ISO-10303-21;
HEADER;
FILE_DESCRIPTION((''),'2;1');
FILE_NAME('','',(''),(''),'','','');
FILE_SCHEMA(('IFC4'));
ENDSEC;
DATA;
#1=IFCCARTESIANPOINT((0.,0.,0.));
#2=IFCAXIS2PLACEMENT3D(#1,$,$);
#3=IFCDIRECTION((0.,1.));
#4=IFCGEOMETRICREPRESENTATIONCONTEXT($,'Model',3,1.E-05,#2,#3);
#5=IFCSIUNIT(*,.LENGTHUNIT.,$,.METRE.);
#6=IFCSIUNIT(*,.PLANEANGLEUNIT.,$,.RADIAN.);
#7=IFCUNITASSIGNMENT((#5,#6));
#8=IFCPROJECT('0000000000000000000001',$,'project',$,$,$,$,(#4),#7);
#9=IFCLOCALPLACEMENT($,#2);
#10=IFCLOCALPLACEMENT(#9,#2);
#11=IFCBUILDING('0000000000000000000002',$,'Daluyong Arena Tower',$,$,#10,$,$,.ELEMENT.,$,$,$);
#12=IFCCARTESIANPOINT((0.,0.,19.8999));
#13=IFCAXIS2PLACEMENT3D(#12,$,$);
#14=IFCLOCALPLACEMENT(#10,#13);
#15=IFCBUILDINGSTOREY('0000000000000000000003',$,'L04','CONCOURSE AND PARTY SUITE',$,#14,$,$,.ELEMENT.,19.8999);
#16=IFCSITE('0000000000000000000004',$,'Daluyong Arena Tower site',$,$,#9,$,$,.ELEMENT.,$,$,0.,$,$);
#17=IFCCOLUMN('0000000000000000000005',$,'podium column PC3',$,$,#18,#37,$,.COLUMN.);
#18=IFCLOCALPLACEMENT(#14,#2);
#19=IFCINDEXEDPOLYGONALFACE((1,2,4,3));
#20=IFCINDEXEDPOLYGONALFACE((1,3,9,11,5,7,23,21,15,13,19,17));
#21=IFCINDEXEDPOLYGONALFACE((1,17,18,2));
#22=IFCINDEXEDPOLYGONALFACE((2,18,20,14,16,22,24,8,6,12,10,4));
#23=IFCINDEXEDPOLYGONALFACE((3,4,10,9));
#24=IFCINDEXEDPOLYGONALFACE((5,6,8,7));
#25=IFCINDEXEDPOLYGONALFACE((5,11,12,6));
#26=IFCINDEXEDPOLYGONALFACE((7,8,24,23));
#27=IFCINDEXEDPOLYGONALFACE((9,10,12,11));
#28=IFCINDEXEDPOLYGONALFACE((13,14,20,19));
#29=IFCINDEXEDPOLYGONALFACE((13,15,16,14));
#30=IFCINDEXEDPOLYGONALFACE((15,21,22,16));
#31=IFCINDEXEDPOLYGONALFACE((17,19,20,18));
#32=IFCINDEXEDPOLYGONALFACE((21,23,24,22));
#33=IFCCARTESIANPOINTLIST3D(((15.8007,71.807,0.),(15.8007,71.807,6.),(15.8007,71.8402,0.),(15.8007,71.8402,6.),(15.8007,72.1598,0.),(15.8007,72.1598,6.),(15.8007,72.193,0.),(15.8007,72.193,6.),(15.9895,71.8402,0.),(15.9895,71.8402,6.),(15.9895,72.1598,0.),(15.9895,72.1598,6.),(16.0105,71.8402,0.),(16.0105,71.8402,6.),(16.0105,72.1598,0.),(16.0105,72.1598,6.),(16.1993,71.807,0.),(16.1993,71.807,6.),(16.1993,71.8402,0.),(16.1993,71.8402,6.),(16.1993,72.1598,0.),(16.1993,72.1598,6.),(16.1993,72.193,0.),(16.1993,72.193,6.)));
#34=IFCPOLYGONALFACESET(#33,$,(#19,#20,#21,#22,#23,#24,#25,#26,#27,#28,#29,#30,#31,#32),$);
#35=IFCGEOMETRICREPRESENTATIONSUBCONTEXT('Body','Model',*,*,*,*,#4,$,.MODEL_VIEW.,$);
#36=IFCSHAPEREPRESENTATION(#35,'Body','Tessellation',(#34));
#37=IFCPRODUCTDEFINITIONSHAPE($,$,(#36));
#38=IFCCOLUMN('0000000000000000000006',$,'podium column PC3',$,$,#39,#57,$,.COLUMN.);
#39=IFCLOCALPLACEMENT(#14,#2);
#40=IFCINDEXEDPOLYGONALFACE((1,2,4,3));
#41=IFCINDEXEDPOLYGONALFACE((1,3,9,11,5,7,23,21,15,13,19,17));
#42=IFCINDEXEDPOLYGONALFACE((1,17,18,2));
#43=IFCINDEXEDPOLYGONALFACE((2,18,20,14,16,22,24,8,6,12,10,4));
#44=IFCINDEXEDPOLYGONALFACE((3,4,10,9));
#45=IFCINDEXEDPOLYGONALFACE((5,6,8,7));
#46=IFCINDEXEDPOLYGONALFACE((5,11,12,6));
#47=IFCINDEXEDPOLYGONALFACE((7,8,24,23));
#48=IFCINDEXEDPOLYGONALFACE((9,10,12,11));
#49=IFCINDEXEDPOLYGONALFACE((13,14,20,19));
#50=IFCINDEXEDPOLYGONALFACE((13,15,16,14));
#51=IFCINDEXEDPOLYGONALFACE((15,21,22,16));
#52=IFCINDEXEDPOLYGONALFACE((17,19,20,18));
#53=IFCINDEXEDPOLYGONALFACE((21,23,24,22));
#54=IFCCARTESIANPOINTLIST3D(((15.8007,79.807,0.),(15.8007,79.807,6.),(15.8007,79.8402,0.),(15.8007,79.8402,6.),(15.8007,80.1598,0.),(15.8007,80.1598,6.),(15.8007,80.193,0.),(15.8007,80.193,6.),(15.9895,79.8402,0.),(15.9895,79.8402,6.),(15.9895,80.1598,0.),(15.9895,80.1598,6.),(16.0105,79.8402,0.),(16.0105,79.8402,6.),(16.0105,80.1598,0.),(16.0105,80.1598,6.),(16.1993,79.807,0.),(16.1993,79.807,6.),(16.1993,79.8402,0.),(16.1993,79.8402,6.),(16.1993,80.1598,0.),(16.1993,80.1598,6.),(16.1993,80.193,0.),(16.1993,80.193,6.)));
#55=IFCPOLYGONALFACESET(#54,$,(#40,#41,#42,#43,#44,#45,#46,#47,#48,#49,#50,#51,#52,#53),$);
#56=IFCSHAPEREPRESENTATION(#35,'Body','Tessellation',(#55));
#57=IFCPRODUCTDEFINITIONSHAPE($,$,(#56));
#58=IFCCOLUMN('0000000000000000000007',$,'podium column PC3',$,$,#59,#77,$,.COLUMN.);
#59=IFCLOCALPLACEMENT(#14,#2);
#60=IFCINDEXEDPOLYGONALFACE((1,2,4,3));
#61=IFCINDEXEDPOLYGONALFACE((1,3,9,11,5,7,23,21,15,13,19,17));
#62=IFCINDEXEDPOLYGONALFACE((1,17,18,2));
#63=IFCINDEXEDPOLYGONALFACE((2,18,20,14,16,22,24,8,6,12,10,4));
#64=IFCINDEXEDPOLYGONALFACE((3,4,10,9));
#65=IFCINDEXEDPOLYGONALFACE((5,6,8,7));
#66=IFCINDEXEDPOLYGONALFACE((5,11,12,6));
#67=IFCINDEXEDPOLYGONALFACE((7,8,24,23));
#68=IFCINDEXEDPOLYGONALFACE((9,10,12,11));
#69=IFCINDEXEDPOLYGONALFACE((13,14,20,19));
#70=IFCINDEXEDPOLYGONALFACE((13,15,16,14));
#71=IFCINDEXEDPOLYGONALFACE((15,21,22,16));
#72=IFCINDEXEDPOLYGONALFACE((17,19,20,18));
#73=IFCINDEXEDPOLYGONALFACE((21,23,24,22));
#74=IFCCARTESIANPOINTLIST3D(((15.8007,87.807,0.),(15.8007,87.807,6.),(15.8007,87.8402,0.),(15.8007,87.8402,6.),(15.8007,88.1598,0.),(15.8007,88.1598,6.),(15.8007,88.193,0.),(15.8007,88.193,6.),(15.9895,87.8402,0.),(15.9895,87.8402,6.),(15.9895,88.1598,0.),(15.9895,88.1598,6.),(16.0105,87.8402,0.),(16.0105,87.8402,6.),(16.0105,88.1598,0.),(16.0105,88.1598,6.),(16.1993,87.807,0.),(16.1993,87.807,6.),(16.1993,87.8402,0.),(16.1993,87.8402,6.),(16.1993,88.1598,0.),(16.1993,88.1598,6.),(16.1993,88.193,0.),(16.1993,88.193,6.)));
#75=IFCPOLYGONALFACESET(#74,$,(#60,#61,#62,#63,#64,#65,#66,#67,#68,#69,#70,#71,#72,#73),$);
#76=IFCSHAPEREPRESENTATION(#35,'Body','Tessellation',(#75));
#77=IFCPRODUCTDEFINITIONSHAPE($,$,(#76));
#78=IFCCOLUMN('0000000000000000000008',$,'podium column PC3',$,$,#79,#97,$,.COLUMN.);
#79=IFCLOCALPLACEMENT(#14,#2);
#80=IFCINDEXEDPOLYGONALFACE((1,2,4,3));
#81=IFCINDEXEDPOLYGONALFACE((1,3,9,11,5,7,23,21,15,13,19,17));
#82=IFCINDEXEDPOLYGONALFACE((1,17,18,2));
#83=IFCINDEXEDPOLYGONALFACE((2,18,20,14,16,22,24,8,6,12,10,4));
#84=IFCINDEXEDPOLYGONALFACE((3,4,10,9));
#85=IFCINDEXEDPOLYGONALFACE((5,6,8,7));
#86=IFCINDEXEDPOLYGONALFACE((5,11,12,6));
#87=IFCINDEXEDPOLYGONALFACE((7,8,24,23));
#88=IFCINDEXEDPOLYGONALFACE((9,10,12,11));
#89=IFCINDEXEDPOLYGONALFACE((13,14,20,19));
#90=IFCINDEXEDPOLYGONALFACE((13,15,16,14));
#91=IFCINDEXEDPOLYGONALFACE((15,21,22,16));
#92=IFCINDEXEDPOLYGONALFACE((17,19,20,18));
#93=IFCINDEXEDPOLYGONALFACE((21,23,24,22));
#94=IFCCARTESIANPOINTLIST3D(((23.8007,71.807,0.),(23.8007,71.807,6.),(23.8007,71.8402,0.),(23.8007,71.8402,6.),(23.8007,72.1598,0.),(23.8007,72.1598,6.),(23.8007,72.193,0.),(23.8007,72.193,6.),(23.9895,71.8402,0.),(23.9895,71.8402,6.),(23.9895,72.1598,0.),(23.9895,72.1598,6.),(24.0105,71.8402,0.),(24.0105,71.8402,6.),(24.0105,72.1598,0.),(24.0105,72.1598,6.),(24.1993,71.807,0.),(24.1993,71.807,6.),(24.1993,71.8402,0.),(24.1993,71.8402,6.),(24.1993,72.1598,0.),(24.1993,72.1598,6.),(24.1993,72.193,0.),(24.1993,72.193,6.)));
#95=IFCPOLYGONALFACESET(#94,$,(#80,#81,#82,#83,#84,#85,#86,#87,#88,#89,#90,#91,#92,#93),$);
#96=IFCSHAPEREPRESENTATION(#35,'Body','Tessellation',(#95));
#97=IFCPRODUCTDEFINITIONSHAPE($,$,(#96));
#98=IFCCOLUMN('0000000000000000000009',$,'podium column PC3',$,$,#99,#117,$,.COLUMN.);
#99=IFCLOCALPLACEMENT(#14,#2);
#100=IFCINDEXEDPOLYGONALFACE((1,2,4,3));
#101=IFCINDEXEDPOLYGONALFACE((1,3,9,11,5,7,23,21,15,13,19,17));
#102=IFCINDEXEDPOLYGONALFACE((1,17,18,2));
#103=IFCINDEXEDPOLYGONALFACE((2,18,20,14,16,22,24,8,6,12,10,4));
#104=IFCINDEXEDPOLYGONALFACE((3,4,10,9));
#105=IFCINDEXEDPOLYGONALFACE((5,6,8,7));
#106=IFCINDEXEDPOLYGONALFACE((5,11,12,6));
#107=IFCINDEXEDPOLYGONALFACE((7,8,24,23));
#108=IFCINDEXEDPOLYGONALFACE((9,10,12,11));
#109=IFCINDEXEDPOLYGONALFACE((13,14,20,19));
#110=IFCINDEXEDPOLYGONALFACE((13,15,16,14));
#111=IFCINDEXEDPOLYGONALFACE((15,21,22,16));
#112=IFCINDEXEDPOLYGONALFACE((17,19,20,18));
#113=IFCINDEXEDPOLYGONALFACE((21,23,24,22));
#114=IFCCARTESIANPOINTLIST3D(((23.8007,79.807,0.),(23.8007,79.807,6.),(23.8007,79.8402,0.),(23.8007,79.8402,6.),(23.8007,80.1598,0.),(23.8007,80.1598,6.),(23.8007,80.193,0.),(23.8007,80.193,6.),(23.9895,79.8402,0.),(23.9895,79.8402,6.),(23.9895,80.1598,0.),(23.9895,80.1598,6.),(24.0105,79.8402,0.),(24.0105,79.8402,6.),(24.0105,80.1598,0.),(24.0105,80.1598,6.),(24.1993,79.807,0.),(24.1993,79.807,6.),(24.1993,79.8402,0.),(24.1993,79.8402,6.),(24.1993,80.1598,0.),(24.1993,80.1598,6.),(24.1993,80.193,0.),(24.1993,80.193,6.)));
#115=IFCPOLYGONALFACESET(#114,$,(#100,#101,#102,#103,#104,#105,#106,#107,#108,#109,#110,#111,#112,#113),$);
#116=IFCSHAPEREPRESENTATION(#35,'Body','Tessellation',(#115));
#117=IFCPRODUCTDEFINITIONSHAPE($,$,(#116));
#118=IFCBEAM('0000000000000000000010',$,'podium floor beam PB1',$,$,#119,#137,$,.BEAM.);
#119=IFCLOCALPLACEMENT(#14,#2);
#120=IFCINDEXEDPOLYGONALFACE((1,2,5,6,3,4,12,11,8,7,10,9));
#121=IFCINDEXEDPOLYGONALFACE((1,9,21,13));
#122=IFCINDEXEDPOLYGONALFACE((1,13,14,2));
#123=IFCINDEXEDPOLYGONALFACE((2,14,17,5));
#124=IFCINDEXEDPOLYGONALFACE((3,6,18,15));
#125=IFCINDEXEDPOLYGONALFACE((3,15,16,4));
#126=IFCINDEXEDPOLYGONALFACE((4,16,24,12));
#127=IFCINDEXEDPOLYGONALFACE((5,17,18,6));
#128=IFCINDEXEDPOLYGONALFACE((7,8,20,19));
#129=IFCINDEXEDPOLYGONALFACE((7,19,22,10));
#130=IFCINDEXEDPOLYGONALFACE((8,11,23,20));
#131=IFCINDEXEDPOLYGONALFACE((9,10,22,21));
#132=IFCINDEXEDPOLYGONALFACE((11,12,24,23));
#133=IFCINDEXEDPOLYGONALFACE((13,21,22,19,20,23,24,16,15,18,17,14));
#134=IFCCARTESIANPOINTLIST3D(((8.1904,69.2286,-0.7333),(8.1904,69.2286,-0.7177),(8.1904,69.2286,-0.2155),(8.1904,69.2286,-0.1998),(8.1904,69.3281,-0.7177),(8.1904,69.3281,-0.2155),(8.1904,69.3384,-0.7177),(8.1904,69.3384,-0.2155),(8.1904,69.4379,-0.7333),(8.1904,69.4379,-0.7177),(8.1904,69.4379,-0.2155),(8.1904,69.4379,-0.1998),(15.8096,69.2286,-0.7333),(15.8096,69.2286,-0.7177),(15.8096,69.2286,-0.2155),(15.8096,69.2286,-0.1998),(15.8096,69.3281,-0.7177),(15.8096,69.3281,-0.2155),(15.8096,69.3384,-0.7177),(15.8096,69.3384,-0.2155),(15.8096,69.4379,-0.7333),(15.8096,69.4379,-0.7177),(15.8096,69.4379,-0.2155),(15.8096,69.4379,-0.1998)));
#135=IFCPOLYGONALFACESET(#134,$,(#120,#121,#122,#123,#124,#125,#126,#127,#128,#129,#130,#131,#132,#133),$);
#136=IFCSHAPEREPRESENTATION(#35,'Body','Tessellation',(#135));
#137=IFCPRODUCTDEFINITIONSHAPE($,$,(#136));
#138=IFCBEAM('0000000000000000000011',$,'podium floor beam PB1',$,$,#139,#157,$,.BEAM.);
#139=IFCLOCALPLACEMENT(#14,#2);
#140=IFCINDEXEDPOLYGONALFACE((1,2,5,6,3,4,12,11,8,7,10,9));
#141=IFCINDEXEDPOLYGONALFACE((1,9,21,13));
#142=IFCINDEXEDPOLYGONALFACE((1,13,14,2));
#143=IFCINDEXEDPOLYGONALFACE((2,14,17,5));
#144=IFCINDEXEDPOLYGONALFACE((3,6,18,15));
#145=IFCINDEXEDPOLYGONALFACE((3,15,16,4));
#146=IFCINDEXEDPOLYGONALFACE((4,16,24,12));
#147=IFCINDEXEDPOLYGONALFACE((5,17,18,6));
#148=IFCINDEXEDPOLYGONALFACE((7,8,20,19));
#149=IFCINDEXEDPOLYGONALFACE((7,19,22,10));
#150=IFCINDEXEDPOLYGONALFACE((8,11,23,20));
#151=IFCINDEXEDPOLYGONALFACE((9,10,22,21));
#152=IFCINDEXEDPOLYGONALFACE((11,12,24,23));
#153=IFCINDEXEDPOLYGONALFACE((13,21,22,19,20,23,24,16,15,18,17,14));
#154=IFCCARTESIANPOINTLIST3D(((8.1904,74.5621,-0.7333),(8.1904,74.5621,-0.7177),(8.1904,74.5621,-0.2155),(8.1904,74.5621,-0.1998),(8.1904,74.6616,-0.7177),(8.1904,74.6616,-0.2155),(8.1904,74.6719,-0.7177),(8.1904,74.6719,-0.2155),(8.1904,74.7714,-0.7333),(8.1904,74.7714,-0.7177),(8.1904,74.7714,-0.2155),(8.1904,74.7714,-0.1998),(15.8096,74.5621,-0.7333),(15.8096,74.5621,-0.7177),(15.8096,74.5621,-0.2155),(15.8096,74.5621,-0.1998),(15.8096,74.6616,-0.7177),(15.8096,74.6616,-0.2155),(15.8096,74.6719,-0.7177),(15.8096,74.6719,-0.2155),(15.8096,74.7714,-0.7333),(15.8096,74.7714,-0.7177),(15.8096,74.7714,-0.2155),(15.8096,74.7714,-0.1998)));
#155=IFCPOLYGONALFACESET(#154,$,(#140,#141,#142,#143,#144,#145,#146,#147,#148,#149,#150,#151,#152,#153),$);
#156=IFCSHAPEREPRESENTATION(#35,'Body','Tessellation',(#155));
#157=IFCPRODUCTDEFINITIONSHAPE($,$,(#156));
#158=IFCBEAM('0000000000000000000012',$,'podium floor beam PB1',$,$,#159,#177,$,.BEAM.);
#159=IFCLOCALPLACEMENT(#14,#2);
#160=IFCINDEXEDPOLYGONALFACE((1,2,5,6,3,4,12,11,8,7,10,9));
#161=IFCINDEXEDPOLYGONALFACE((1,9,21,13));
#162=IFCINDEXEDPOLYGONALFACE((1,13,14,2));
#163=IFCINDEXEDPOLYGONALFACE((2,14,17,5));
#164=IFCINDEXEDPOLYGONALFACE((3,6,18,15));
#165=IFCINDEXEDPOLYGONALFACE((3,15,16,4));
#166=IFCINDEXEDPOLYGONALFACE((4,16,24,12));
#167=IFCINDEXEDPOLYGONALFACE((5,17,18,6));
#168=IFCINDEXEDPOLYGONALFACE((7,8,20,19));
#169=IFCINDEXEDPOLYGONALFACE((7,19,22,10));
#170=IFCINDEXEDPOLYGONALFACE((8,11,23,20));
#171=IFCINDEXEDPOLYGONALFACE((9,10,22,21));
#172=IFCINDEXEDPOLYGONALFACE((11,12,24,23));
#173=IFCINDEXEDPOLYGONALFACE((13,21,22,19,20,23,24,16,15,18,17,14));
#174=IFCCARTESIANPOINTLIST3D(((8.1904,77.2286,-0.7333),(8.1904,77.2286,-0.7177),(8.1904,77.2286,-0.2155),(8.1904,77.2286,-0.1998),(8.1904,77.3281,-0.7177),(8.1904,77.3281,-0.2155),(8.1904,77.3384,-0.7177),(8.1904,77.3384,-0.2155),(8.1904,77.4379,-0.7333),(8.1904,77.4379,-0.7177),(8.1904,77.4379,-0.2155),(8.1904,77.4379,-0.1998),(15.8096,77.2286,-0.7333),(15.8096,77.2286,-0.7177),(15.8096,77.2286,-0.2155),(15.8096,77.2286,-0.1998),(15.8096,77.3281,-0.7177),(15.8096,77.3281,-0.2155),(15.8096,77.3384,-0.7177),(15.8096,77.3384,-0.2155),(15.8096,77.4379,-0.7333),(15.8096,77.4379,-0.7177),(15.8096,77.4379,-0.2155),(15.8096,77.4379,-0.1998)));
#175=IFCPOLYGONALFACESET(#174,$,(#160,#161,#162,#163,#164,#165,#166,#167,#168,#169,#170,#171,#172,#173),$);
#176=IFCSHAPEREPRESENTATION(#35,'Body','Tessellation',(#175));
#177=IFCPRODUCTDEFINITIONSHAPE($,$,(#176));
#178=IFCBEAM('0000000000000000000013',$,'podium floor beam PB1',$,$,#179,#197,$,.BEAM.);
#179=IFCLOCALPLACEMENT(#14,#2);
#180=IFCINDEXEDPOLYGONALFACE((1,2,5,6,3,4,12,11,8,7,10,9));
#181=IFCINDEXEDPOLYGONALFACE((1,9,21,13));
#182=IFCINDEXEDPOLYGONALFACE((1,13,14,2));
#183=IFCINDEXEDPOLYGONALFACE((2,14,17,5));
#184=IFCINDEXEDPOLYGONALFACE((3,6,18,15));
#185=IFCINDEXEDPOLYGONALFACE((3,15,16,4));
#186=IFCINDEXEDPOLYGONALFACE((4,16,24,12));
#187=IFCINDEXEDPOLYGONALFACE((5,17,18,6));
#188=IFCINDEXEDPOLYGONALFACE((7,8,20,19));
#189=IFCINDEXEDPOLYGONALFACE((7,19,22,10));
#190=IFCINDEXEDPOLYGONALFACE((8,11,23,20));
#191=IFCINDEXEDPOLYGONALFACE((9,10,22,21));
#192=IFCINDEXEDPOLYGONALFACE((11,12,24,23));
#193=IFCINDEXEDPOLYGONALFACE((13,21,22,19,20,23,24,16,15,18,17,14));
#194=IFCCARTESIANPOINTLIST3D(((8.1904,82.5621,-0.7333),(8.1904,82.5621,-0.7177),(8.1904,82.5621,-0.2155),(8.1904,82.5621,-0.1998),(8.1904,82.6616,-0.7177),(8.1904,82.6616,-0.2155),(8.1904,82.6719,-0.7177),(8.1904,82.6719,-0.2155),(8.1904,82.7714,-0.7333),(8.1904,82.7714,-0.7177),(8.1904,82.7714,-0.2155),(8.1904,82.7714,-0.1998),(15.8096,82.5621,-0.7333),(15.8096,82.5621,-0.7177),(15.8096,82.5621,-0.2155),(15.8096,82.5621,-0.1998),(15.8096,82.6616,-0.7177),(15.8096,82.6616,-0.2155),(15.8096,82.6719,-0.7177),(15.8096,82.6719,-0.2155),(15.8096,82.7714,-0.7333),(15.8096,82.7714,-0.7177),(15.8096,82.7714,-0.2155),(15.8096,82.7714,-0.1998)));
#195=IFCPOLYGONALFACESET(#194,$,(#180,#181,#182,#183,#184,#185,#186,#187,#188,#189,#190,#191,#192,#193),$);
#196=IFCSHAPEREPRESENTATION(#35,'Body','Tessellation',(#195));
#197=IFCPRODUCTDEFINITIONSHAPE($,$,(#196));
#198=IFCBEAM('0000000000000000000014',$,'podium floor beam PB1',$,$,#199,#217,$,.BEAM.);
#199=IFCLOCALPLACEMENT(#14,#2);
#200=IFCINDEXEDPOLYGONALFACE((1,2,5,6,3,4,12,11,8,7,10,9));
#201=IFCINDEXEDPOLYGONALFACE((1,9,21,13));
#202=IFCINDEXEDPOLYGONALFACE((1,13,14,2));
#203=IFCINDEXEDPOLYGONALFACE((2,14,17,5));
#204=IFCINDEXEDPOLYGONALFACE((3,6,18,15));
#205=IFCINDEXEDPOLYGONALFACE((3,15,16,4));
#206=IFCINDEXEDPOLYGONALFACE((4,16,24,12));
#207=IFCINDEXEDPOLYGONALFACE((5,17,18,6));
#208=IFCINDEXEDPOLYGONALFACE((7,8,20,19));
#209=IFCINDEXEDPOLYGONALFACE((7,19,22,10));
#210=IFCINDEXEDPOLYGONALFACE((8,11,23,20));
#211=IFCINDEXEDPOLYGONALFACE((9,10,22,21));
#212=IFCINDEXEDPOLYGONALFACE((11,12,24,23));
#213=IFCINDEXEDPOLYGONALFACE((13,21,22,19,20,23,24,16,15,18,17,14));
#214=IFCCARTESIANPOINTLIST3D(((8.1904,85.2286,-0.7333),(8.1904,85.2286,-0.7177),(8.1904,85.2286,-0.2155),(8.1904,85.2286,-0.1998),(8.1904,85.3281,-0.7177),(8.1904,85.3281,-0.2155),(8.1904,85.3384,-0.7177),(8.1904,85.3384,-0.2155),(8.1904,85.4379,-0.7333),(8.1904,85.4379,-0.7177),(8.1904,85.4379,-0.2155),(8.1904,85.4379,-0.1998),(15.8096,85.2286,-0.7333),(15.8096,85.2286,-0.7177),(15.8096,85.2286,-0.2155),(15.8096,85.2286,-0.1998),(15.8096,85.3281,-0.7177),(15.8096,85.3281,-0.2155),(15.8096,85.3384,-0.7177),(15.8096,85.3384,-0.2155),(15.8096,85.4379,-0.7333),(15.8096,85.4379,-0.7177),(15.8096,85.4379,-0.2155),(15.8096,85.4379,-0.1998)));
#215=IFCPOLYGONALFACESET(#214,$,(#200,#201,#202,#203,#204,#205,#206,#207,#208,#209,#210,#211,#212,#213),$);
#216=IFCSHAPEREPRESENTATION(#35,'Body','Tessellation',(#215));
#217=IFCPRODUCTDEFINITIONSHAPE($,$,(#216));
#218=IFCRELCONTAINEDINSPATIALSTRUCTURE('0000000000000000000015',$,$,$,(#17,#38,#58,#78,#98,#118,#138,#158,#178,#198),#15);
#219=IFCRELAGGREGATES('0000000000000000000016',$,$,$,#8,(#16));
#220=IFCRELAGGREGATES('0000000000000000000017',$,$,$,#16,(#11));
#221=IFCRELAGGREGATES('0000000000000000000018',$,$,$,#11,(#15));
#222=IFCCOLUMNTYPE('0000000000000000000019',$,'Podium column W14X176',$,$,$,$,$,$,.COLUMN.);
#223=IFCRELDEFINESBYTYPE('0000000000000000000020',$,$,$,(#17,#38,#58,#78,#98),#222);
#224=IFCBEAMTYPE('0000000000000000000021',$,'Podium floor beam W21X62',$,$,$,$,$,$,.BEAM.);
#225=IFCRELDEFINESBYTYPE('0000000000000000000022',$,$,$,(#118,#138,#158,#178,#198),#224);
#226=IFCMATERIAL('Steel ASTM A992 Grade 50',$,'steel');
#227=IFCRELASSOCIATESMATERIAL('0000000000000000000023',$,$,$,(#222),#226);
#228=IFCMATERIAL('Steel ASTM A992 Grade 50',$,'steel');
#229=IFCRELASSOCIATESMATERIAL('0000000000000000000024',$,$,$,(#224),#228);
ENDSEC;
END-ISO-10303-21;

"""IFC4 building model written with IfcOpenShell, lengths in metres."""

from ifc_helpers import new_model, si_unit, direction, frame, origin, origin_2d, place, context, subcontext, project, spatial, i_section, extrude, material, material_profile, profile_set, type_object, element, save


model = new_model("IFC4")

# Units and contexts
model_context = context("Model", 3, precision=1e-05, world=origin(), true_north=direction((0.0, 1.0)))
body_context = subcontext(model_context, "Body", "Model", "MODEL_VIEW")
ifc_project = project(units=[si_unit("LENGTHUNIT", "METRE"), si_unit("PLANEANGLEUNIT", "RADIAN")], contexts=[model_context])

# Site, building, storey
site_placement = place(None, origin())
site = spatial("IfcSite", under=ifc_project, at=site_placement, Name="Daluyong Arena Tower site", CompositionType="ELEMENT", RefElevation=0.0)
building_placement = place(site_placement, origin())
building = spatial("IfcBuilding", under=site, at=building_placement, Name="Daluyong Arena Tower", CompositionType="ELEMENT")
storey_placement = place(building_placement, frame((0.0, 0.0, 19.8999)))
storey = spatial("IfcBuildingStorey", under=building, at=storey_placement, Name="L04", Description="CONCOURSE AND PARTY SUITE", CompositionType="ELEMENT", Elevation=19.8999)

# Columns
ifc_material_1 = material(Name="Steel ASTM A992 Grade 50", Category="steel")
ifc_material_profile_1 = material_profile(ifc_material_1, i_section(OverallWidth=0.3987, OverallDepth=0.386, WebThickness=0.021, FlangeThickness=0.0332, at=origin_2d()))
ifc_profile_set_1 = profile_set([ifc_material_profile_1], Name="Steel ASTM A992 Grade 50")
column_type = type_object("IfcColumnType", Name="Podium column W14X176", PredefinedType="COLUMN", material=ifc_profile_set_1)
for number, where, z_axis, x_axis, name in (
    (1, (16.0, 72.0, 0.0), (0.0, 0.0, 1.0), (1.0, 0.0, 0.0), "podium column PC3"),
    (2, (16.0, 80.0, 0.0), (0.0, 0.0, 1.0), (1.0, 0.0, 0.0), "podium column PC3"),
    (3, (16.0, 88.0, 0.0), (0.0, 0.0, 1.0), (1.0, 0.0, 0.0), "podium column PC3"),
    (4, (24.0, 72.0, 0.0), (0.0, 0.0, 1.0), (1.0, 0.0, 0.0), "podium column PC3"),
    (5, (24.0, 80.0, 0.0), (0.0, 0.0, 1.0), (1.0, 0.0, 0.0), "podium column PC3"),
):
    element("IfcColumn", number, at=place(storey_placement, frame(where, z_axis=z_axis, x_axis=x_axis)), inside=storey, type_object=column_type, Name=name, PredefinedType="COLUMN", context=body_context, shape_type="SweptSolid", body=[
        extrude(i_section(OverallWidth=0.3987, OverallDepth=0.386, WebThickness=0.021, FlangeThickness=0.0332, at=origin_2d()), origin(), (0.0, 0.0, 1.0), 6.0),
    ])

# Beams
ifc_material_2 = material(Name="Steel ASTM A992 Grade 50", Category="steel")
ifc_material_profile_2 = material_profile(ifc_material_2, i_section(OverallWidth=0.2092, OverallDepth=0.5334, WebThickness=0.0103, FlangeThickness=0.0156, at=origin_2d()))
ifc_profile_set_2 = profile_set([ifc_material_profile_2], Name="Steel ASTM A992 Grade 50")
beam_type_1 = type_object("IfcBeamType", Name="Podium floor beam W21X62", PredefinedType="BEAM", material=ifc_profile_set_2)
for number, where, z_axis, x_axis, name in (
    (6, (8.1904, 69.3333, -0.4666), (1.0, 0.0, 0.0), (0.0, 1.0, 0.0), "podium floor beam PB1"),
    (7, (8.1904, 74.6667, -0.4666), (1.0, 0.0, 0.0), (0.0, 1.0, 0.0), "podium floor beam PB1"),
    (8, (8.1904, 77.3333, -0.4666), (1.0, 0.0, 0.0), (0.0, 1.0, 0.0), "podium floor beam PB1"),
    (9, (8.1904, 82.6667, -0.4666), (1.0, 0.0, 0.0), (0.0, 1.0, 0.0), "podium floor beam PB1"),
    (10, (8.1904, 85.3333, -0.4666), (1.0, 0.0, 0.0), (0.0, 1.0, 0.0), "podium floor beam PB1"),
):
    element("IfcBeam", number, at=place(storey_placement, frame(where, z_axis=z_axis, x_axis=x_axis)), inside=storey, type_object=beam_type_1, Name=name, PredefinedType="BEAM", context=body_context, shape_type="SweptSolid", body=[
        extrude(i_section(OverallWidth=0.2092, OverallDepth=0.5334, WebThickness=0.0103, FlangeThickness=0.0156, at=origin_2d()), origin(), (0.0, 0.0, 1.0), 7.6191),
    ])

save(model, "model.ifc")
